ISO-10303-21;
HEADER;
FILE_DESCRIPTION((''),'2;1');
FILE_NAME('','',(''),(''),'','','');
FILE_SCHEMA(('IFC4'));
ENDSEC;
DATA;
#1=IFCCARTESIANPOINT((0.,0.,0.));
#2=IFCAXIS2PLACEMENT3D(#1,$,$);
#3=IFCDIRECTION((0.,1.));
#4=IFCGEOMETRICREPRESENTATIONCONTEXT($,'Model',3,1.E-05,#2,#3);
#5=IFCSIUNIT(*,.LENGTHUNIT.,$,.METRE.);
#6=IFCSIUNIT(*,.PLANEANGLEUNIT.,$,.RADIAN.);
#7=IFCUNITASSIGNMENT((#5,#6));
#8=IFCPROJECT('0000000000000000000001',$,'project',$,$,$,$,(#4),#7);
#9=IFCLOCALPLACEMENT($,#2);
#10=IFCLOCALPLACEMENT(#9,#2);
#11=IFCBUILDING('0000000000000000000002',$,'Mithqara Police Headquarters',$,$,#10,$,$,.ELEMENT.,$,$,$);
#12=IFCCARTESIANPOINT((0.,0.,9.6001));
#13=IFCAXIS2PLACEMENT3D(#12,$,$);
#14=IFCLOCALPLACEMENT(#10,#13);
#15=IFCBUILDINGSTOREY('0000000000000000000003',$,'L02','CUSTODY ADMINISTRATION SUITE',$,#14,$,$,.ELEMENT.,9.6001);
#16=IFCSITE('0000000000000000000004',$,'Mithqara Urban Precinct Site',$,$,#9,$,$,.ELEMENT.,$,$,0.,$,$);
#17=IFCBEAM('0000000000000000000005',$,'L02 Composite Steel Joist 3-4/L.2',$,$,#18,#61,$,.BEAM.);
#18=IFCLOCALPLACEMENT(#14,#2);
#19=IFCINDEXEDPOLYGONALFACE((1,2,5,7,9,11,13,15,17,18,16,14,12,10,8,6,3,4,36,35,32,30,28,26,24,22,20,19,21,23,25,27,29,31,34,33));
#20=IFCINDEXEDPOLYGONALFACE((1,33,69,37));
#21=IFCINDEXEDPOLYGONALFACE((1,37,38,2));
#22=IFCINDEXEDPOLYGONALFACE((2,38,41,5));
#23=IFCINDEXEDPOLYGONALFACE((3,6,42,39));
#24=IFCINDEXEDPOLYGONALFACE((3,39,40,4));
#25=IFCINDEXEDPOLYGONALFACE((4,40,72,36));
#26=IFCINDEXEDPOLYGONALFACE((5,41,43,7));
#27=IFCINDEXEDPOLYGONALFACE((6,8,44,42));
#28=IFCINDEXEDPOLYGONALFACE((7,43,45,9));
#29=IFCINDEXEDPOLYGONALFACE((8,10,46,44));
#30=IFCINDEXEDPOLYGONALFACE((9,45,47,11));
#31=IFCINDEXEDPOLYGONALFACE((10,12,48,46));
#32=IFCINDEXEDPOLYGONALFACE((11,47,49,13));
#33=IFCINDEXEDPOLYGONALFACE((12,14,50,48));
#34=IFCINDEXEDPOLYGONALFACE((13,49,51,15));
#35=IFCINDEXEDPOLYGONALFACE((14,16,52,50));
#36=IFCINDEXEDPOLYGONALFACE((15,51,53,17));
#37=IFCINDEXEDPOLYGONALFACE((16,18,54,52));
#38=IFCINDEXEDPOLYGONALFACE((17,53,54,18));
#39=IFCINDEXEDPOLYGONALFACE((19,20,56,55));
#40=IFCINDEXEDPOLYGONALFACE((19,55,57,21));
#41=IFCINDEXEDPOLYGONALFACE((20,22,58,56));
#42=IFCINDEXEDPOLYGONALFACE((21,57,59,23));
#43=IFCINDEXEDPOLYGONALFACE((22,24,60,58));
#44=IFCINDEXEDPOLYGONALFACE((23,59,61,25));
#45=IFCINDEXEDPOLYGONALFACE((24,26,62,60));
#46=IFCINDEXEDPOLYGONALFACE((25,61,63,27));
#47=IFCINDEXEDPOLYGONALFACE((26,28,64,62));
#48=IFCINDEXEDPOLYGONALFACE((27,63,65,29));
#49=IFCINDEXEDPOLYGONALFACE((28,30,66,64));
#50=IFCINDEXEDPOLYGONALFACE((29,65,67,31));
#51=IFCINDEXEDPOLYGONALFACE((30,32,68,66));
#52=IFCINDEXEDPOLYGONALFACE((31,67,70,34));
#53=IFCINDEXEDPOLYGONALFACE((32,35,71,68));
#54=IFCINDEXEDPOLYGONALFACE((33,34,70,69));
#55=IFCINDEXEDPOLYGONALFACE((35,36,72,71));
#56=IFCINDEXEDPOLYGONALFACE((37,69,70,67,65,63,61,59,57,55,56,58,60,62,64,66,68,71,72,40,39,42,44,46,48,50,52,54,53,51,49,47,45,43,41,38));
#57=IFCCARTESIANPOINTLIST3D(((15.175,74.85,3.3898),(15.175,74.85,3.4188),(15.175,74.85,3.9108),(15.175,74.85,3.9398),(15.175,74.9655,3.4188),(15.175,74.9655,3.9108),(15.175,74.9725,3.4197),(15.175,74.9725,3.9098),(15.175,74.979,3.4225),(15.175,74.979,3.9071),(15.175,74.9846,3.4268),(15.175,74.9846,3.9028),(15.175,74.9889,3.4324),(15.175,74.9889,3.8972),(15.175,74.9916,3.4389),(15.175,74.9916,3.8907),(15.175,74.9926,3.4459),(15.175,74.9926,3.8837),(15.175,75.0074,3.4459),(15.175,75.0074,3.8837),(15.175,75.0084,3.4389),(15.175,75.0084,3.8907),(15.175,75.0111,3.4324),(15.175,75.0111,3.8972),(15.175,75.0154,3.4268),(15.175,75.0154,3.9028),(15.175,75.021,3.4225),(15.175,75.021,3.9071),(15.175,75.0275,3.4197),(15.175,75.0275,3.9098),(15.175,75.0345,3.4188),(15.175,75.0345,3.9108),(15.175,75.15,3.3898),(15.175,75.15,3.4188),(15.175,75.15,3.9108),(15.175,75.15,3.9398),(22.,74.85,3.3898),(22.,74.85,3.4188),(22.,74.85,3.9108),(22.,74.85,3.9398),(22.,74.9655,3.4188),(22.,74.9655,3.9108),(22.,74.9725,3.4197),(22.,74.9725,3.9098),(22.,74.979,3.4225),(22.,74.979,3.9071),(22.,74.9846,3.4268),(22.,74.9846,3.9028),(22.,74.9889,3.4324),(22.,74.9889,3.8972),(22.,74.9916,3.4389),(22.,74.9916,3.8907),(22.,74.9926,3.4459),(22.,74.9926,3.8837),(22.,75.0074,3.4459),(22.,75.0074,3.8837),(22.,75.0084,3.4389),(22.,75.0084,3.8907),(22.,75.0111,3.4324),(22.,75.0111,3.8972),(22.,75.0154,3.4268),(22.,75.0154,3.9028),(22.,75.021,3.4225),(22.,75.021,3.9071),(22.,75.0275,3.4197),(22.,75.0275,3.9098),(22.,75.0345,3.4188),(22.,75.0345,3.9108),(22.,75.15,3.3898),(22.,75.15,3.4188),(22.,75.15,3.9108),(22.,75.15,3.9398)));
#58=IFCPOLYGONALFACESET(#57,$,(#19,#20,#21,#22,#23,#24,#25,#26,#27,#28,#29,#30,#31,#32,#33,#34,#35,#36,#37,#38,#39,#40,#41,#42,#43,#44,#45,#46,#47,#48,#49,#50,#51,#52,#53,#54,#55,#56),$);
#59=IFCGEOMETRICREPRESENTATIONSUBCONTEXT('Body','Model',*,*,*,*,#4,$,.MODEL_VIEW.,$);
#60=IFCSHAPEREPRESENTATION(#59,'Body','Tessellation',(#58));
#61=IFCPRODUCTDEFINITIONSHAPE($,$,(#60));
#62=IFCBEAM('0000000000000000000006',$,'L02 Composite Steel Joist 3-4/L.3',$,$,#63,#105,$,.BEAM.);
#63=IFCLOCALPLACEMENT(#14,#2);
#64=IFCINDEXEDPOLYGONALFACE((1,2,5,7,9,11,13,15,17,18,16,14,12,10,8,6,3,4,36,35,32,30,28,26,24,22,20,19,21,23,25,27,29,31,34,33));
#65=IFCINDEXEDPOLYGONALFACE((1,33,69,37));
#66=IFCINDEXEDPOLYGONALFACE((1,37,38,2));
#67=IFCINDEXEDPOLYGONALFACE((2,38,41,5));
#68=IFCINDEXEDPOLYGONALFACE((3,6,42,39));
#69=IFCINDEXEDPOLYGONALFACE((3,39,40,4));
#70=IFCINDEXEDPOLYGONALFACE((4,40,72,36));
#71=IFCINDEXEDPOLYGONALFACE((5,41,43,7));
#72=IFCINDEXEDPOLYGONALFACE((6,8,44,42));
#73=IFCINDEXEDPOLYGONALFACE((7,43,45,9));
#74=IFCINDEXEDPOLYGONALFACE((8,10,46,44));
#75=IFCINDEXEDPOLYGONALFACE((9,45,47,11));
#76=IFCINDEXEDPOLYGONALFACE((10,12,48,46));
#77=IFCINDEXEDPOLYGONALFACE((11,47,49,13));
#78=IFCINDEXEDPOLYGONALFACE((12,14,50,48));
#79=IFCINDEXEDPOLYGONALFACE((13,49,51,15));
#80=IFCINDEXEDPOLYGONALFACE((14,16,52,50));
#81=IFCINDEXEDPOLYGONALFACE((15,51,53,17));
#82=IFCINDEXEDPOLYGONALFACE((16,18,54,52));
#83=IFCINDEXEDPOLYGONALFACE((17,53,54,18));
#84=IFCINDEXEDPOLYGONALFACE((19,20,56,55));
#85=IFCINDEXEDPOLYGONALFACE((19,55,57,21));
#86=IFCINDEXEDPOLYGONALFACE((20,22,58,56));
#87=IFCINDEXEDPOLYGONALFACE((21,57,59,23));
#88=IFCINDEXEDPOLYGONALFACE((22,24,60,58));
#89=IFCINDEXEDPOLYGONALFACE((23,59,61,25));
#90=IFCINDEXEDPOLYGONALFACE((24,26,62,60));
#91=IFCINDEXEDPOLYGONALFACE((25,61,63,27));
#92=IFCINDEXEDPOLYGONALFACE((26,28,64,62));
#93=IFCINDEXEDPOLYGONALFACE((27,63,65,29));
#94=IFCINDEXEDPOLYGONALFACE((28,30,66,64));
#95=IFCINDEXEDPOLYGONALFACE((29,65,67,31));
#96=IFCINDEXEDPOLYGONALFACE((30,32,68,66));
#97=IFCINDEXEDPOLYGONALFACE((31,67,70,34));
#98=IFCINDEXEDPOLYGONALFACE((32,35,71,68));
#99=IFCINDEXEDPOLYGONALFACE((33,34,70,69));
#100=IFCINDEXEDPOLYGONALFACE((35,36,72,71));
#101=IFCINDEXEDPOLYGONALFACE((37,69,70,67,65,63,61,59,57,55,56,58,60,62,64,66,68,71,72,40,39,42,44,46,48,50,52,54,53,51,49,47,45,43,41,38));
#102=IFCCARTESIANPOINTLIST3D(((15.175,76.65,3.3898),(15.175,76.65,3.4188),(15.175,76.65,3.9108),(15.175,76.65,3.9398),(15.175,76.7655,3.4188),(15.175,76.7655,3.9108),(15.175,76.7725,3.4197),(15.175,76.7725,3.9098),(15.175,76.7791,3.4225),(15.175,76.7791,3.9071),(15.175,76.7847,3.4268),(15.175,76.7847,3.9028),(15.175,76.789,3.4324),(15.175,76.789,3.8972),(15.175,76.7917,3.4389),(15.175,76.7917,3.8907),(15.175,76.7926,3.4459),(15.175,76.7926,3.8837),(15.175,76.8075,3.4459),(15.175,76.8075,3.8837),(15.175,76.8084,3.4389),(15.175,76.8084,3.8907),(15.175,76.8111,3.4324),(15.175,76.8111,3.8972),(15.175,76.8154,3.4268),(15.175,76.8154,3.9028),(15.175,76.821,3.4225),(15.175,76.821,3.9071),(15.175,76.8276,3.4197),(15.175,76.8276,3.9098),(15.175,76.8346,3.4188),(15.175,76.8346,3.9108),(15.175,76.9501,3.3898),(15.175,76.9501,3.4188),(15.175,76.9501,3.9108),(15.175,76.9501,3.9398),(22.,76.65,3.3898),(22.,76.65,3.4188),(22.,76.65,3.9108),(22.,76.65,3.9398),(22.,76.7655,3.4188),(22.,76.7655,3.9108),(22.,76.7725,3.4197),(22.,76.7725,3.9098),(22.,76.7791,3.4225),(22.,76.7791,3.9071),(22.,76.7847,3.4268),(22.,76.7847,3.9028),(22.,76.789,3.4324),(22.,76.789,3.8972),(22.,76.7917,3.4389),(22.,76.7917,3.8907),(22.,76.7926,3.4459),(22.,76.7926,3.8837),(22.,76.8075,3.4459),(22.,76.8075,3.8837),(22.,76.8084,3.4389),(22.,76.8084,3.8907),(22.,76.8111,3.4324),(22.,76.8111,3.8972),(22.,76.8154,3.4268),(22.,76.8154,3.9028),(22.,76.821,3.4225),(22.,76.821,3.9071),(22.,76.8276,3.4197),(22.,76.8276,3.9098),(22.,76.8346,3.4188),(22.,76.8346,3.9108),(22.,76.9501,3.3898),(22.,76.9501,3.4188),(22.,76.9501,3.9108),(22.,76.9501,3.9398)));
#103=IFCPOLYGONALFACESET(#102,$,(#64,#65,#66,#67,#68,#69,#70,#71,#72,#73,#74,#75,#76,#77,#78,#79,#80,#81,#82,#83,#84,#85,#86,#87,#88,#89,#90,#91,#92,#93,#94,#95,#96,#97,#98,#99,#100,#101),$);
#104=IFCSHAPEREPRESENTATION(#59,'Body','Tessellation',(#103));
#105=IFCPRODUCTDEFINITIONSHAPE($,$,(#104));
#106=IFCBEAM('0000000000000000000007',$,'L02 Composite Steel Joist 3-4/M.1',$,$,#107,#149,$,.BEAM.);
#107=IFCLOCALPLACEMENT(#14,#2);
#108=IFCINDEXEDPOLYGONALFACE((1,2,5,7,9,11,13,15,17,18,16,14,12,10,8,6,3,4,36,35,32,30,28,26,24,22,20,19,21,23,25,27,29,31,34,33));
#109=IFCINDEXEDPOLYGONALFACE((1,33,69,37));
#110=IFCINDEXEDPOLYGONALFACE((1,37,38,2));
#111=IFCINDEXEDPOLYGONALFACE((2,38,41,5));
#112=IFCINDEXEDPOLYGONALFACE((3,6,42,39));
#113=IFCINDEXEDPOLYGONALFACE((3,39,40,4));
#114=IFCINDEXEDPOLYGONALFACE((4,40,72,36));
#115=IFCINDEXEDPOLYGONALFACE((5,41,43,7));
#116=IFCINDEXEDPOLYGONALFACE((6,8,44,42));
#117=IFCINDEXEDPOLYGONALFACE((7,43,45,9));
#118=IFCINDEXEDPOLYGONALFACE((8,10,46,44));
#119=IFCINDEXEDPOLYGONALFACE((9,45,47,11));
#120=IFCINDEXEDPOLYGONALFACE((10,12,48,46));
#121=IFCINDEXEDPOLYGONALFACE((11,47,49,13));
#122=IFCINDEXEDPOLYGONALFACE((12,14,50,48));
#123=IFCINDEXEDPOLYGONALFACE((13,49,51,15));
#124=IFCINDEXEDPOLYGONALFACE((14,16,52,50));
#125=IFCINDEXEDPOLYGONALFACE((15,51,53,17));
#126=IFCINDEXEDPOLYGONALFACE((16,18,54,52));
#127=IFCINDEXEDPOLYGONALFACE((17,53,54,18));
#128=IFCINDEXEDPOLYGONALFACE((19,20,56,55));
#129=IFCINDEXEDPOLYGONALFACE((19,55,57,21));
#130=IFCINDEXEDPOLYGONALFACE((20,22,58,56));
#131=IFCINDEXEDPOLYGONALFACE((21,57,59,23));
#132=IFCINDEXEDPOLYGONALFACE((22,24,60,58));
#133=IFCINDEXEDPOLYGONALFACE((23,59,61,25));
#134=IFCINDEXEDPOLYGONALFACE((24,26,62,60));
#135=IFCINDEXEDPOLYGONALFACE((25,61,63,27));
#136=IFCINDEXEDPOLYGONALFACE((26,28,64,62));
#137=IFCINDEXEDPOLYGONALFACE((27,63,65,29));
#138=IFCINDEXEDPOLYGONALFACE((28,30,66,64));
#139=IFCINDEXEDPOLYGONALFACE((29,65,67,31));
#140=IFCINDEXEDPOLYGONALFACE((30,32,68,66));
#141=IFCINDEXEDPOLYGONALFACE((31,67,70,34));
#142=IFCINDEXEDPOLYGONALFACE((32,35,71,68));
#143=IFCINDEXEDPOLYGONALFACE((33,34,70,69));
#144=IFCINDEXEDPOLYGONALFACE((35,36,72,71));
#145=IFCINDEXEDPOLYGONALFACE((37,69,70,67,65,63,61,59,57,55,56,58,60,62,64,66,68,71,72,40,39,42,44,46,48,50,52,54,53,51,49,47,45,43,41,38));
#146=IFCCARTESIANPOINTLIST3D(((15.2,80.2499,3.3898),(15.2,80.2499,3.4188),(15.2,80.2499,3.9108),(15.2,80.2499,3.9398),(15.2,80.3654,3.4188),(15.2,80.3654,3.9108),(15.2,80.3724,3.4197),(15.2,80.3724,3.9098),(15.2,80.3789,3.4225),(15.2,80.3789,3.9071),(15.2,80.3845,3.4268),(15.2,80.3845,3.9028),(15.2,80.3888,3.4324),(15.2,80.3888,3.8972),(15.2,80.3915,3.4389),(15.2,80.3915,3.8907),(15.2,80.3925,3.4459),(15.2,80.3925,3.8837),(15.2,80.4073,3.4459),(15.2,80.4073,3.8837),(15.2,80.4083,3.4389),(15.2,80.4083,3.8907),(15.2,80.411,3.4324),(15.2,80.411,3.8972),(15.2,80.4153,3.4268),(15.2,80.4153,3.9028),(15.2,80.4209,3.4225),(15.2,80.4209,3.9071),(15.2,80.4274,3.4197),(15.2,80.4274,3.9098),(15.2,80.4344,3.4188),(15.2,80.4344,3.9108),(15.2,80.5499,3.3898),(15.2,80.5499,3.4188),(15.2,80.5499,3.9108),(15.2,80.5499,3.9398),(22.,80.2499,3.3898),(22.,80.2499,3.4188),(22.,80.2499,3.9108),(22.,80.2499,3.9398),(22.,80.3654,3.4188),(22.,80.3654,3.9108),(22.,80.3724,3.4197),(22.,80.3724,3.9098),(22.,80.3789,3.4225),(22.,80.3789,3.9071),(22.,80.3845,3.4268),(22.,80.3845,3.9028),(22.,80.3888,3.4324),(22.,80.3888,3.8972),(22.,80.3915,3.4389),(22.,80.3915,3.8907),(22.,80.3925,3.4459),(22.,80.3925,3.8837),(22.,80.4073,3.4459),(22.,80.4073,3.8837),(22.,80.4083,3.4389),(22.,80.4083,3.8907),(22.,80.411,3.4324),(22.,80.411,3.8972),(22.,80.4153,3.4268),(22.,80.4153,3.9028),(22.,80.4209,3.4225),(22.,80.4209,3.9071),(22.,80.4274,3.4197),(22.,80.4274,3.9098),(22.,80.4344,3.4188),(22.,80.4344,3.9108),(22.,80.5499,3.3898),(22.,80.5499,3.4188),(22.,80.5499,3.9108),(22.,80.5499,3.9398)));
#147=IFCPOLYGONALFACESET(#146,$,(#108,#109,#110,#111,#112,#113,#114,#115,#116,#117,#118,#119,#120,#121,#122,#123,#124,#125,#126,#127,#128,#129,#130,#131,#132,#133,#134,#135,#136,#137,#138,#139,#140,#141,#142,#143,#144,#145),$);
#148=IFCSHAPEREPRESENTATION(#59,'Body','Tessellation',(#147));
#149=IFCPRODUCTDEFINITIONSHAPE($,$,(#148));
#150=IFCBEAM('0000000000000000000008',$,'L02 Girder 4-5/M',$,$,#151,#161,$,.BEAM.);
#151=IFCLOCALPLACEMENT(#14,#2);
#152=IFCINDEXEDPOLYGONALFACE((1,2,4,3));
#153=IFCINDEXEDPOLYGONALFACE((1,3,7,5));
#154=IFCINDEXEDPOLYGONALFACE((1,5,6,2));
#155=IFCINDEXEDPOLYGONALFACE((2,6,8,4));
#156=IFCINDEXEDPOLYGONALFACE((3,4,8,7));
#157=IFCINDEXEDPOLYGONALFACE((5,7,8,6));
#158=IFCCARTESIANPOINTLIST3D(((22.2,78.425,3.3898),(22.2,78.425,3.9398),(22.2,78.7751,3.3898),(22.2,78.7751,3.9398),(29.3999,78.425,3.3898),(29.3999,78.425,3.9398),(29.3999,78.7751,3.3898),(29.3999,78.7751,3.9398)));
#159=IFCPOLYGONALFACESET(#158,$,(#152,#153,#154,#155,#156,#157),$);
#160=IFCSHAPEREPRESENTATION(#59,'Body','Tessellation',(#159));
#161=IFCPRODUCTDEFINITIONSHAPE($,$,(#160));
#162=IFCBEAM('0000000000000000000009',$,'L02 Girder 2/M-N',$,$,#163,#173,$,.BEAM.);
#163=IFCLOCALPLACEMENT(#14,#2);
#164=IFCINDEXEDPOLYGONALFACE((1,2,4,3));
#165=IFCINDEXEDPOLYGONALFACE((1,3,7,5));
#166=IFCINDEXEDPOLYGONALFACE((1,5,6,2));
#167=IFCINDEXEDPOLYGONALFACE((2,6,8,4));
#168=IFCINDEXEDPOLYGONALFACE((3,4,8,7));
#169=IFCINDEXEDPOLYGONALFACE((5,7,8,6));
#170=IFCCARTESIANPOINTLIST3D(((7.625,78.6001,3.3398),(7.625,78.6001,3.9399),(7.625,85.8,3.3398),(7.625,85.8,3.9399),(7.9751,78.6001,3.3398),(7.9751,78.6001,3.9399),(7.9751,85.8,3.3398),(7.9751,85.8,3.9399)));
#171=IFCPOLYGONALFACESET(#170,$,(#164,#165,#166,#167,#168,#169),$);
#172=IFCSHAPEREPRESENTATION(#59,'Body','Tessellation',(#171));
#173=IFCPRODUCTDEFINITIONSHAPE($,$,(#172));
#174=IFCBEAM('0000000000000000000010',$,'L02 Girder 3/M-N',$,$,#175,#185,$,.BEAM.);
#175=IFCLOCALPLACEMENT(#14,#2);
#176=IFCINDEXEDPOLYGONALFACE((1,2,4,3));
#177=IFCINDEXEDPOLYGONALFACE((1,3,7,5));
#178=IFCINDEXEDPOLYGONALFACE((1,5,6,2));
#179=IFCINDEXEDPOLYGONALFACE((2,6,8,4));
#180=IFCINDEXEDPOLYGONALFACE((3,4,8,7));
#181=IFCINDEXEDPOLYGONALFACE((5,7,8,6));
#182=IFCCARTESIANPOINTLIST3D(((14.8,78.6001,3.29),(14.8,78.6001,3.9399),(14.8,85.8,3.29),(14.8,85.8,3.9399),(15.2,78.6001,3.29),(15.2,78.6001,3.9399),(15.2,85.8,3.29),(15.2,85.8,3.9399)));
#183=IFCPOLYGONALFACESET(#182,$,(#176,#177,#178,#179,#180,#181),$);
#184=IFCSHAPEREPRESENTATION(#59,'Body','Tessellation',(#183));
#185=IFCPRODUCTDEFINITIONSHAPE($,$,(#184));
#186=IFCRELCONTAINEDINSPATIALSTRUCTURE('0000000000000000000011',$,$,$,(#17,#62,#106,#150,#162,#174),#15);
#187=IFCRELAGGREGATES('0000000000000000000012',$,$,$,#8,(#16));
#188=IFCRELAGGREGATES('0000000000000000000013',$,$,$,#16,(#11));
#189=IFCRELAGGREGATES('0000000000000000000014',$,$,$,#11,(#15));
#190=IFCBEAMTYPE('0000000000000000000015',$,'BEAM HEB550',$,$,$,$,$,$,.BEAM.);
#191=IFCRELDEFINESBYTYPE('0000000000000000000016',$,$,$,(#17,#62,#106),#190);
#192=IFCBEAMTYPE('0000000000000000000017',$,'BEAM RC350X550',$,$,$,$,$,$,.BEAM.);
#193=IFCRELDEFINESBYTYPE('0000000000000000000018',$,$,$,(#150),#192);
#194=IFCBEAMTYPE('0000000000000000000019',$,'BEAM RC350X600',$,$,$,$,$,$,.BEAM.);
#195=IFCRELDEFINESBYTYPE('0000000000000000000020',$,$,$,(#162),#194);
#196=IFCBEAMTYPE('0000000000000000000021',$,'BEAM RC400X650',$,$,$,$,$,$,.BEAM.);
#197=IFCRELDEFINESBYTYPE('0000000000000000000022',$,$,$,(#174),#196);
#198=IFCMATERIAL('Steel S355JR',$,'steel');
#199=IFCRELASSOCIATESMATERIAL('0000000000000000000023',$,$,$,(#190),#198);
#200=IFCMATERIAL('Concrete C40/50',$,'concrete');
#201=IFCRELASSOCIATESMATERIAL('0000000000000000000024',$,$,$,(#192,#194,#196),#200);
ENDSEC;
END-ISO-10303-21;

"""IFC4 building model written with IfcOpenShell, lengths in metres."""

from ifc_helpers import new_model, si_unit, direction, frame, origin, origin_2d, place, context, subcontext, project, spatial, rectangle, i_section, extrude, material, material_profile, profile_set, type_object, element, save


model = new_model("IFC4")

# Units and contexts
model_context = context("Model", 3, precision=1e-05, world=origin(), true_north=direction((0.0, 1.0)))
body_context = subcontext(model_context, "Body", "Model", "MODEL_VIEW")
ifc_project = project(units=[si_unit("LENGTHUNIT", "METRE"), si_unit("PLANEANGLEUNIT", "RADIAN")], contexts=[model_context])

# Site, building, storey
site_placement = place(None, origin())
site = spatial("IfcSite", under=ifc_project, at=site_placement, Name="Mithqara Urban Precinct Site", CompositionType="ELEMENT", RefElevation=0.0)
building_placement = place(site_placement, origin())
building = spatial("IfcBuilding", under=site, at=building_placement, Name="Mithqara Police Headquarters", CompositionType="ELEMENT")
storey_placement = place(building_placement, frame((0.0, 0.0, 9.6001)))
storey = spatial("IfcBuildingStorey", under=building, at=storey_placement, Name="L02", Description="CUSTODY ADMINISTRATION SUITE", CompositionType="ELEMENT", Elevation=9.6001)

# Beams
ifc_material_1 = material(Name="Steel S355JR", Category="steel")
ifc_material_profile_1 = material_profile(ifc_material_1, i_section(OverallWidth=0.3, OverallDepth=0.55, WebThickness=0.0149, FlangeThickness=0.0291, FilletRadius=0.0271, at=origin_2d()), Name="HEB 550")
ifc_profile_set_1 = profile_set([ifc_material_profile_1], Name="Steel S355JR")
beam_type_1 = type_object("IfcBeamType", Name="BEAM HEB550", PredefinedType="BEAM", material=ifc_profile_set_1)
for number, where, z_axis, x_axis, name in (
    (1, (15.175, 75.0, 3.6648), (1.0, 0.0, 0.0), (0.0, 1.0, 0.0), "L02 Composite Steel Joist 3-4/L.2"),
    (2, (15.175, 76.8, 3.6648), (1.0, 0.0, 0.0), (0.0, 1.0, 0.0), "L02 Composite Steel Joist 3-4/L.3"),
):
    element("IfcBeam", number, at=place(storey_placement, frame(where, z_axis=z_axis, x_axis=x_axis)), inside=storey, type_object=beam_type_1, Name=name, PredefinedType="BEAM", context=body_context, shape_type="SweptSolid", body=[
        extrude(i_section(OverallWidth=0.3, OverallDepth=0.55, WebThickness=0.0149, FlangeThickness=0.0291, FilletRadius=0.0271, at=origin_2d()), origin(), (0.0, 0.0, 1.0), 6.825),
    ])
beam_1_placement = place(storey_placement, frame((15.2, 80.3999, 3.6648), z_axis=(1.0, 0.0, 0.0), x_axis=(0.0, 1.0, 0.0)))
element("IfcBeam", 3, at=beam_1_placement, inside=storey, type_object=beam_type_1, Name="L02 Composite Steel Joist 3-4/M.1", PredefinedType="BEAM", context=body_context, shape_type="SweptSolid", body=[
    extrude(i_section(OverallWidth=0.3, OverallDepth=0.55, WebThickness=0.0149, FlangeThickness=0.0291, FilletRadius=0.0271, at=origin_2d()), origin(), (0.0, 0.0, 1.0), 6.8),
])
ifc_material_2 = material(Name="Concrete C40/50", Category="concrete")
ifc_material_profile_2 = material_profile(ifc_material_2, rectangle(XDim=0.3501, YDim=0.55, at=origin_2d()), Name="RC 350x550")
ifc_profile_set_2 = profile_set([ifc_material_profile_2], Name="Concrete C40/50")
beam_type_2 = type_object("IfcBeamType", Name="BEAM RC350X550", PredefinedType="BEAM", material=ifc_profile_set_2)
beam_2_placement = place(storey_placement, frame((22.2, 78.6001, 3.6648), z_axis=(1.0, 0.0, 0.0), x_axis=(0.0, 1.0, 0.0)))
element("IfcBeam", 4, at=beam_2_placement, inside=storey, type_object=beam_type_2, Name="L02 Girder 4-5/M", PredefinedType="BEAM", context=body_context, shape_type="SweptSolid", body=[
    extrude(rectangle(XDim=0.3501, YDim=0.55, at=origin_2d()), origin(), (0.0, 0.0, 1.0), 7.2),
])
ifc_material_profile_3 = material_profile(ifc_material_2, rectangle(XDim=0.3501, YDim=0.6001, at=origin_2d()), Name="RC 350x600")
ifc_profile_set_3 = profile_set([ifc_material_profile_3], Name="Concrete C40/50")
beam_type_3 = type_object("IfcBeamType", Name="BEAM RC350X600", PredefinedType="BEAM", material=ifc_profile_set_3)
beam_3_placement = place(storey_placement, frame((7.8, 78.6001, 3.6399), z_axis=(0.0, 1.0, 0.0), x_axis=(-1.0, 0.0, 0.0)))
element("IfcBeam", 5, at=beam_3_placement, inside=storey, type_object=beam_type_3, Name="L02 Girder 2/M-N", PredefinedType="BEAM", context=body_context, shape_type="SweptSolid", body=[
    extrude(rectangle(XDim=0.3501, YDim=0.6001, at=origin_2d()), origin(), (0.0, 0.0, 1.0), 7.2),
])
ifc_material_profile_4 = material_profile(ifc_material_2, rectangle(XDim=0.3999, YDim=0.6499, at=origin_2d()), Name="RC 400x650")
ifc_profile_set_4 = profile_set([ifc_material_profile_4], Name="Concrete C40/50")
beam_type_4 = type_object("IfcBeamType", Name="BEAM RC400X650", PredefinedType="BEAM", material=ifc_profile_set_4)
beam_4_placement = place(storey_placement, frame((15.0, 78.6001, 3.615), z_axis=(0.0, 1.0, 0.0), x_axis=(-1.0, 0.0, 0.0)))
element("IfcBeam", 6, at=beam_4_placement, inside=storey, type_object=beam_type_4, Name="L02 Girder 3/M-N", PredefinedType="BEAM", context=body_context, shape_type="SweptSolid", body=[
    extrude(rectangle(XDim=0.3999, YDim=0.6499, at=origin_2d()), origin(), (0.0, 0.0, 1.0), 7.2),
])

save(model, "model.ifc")
